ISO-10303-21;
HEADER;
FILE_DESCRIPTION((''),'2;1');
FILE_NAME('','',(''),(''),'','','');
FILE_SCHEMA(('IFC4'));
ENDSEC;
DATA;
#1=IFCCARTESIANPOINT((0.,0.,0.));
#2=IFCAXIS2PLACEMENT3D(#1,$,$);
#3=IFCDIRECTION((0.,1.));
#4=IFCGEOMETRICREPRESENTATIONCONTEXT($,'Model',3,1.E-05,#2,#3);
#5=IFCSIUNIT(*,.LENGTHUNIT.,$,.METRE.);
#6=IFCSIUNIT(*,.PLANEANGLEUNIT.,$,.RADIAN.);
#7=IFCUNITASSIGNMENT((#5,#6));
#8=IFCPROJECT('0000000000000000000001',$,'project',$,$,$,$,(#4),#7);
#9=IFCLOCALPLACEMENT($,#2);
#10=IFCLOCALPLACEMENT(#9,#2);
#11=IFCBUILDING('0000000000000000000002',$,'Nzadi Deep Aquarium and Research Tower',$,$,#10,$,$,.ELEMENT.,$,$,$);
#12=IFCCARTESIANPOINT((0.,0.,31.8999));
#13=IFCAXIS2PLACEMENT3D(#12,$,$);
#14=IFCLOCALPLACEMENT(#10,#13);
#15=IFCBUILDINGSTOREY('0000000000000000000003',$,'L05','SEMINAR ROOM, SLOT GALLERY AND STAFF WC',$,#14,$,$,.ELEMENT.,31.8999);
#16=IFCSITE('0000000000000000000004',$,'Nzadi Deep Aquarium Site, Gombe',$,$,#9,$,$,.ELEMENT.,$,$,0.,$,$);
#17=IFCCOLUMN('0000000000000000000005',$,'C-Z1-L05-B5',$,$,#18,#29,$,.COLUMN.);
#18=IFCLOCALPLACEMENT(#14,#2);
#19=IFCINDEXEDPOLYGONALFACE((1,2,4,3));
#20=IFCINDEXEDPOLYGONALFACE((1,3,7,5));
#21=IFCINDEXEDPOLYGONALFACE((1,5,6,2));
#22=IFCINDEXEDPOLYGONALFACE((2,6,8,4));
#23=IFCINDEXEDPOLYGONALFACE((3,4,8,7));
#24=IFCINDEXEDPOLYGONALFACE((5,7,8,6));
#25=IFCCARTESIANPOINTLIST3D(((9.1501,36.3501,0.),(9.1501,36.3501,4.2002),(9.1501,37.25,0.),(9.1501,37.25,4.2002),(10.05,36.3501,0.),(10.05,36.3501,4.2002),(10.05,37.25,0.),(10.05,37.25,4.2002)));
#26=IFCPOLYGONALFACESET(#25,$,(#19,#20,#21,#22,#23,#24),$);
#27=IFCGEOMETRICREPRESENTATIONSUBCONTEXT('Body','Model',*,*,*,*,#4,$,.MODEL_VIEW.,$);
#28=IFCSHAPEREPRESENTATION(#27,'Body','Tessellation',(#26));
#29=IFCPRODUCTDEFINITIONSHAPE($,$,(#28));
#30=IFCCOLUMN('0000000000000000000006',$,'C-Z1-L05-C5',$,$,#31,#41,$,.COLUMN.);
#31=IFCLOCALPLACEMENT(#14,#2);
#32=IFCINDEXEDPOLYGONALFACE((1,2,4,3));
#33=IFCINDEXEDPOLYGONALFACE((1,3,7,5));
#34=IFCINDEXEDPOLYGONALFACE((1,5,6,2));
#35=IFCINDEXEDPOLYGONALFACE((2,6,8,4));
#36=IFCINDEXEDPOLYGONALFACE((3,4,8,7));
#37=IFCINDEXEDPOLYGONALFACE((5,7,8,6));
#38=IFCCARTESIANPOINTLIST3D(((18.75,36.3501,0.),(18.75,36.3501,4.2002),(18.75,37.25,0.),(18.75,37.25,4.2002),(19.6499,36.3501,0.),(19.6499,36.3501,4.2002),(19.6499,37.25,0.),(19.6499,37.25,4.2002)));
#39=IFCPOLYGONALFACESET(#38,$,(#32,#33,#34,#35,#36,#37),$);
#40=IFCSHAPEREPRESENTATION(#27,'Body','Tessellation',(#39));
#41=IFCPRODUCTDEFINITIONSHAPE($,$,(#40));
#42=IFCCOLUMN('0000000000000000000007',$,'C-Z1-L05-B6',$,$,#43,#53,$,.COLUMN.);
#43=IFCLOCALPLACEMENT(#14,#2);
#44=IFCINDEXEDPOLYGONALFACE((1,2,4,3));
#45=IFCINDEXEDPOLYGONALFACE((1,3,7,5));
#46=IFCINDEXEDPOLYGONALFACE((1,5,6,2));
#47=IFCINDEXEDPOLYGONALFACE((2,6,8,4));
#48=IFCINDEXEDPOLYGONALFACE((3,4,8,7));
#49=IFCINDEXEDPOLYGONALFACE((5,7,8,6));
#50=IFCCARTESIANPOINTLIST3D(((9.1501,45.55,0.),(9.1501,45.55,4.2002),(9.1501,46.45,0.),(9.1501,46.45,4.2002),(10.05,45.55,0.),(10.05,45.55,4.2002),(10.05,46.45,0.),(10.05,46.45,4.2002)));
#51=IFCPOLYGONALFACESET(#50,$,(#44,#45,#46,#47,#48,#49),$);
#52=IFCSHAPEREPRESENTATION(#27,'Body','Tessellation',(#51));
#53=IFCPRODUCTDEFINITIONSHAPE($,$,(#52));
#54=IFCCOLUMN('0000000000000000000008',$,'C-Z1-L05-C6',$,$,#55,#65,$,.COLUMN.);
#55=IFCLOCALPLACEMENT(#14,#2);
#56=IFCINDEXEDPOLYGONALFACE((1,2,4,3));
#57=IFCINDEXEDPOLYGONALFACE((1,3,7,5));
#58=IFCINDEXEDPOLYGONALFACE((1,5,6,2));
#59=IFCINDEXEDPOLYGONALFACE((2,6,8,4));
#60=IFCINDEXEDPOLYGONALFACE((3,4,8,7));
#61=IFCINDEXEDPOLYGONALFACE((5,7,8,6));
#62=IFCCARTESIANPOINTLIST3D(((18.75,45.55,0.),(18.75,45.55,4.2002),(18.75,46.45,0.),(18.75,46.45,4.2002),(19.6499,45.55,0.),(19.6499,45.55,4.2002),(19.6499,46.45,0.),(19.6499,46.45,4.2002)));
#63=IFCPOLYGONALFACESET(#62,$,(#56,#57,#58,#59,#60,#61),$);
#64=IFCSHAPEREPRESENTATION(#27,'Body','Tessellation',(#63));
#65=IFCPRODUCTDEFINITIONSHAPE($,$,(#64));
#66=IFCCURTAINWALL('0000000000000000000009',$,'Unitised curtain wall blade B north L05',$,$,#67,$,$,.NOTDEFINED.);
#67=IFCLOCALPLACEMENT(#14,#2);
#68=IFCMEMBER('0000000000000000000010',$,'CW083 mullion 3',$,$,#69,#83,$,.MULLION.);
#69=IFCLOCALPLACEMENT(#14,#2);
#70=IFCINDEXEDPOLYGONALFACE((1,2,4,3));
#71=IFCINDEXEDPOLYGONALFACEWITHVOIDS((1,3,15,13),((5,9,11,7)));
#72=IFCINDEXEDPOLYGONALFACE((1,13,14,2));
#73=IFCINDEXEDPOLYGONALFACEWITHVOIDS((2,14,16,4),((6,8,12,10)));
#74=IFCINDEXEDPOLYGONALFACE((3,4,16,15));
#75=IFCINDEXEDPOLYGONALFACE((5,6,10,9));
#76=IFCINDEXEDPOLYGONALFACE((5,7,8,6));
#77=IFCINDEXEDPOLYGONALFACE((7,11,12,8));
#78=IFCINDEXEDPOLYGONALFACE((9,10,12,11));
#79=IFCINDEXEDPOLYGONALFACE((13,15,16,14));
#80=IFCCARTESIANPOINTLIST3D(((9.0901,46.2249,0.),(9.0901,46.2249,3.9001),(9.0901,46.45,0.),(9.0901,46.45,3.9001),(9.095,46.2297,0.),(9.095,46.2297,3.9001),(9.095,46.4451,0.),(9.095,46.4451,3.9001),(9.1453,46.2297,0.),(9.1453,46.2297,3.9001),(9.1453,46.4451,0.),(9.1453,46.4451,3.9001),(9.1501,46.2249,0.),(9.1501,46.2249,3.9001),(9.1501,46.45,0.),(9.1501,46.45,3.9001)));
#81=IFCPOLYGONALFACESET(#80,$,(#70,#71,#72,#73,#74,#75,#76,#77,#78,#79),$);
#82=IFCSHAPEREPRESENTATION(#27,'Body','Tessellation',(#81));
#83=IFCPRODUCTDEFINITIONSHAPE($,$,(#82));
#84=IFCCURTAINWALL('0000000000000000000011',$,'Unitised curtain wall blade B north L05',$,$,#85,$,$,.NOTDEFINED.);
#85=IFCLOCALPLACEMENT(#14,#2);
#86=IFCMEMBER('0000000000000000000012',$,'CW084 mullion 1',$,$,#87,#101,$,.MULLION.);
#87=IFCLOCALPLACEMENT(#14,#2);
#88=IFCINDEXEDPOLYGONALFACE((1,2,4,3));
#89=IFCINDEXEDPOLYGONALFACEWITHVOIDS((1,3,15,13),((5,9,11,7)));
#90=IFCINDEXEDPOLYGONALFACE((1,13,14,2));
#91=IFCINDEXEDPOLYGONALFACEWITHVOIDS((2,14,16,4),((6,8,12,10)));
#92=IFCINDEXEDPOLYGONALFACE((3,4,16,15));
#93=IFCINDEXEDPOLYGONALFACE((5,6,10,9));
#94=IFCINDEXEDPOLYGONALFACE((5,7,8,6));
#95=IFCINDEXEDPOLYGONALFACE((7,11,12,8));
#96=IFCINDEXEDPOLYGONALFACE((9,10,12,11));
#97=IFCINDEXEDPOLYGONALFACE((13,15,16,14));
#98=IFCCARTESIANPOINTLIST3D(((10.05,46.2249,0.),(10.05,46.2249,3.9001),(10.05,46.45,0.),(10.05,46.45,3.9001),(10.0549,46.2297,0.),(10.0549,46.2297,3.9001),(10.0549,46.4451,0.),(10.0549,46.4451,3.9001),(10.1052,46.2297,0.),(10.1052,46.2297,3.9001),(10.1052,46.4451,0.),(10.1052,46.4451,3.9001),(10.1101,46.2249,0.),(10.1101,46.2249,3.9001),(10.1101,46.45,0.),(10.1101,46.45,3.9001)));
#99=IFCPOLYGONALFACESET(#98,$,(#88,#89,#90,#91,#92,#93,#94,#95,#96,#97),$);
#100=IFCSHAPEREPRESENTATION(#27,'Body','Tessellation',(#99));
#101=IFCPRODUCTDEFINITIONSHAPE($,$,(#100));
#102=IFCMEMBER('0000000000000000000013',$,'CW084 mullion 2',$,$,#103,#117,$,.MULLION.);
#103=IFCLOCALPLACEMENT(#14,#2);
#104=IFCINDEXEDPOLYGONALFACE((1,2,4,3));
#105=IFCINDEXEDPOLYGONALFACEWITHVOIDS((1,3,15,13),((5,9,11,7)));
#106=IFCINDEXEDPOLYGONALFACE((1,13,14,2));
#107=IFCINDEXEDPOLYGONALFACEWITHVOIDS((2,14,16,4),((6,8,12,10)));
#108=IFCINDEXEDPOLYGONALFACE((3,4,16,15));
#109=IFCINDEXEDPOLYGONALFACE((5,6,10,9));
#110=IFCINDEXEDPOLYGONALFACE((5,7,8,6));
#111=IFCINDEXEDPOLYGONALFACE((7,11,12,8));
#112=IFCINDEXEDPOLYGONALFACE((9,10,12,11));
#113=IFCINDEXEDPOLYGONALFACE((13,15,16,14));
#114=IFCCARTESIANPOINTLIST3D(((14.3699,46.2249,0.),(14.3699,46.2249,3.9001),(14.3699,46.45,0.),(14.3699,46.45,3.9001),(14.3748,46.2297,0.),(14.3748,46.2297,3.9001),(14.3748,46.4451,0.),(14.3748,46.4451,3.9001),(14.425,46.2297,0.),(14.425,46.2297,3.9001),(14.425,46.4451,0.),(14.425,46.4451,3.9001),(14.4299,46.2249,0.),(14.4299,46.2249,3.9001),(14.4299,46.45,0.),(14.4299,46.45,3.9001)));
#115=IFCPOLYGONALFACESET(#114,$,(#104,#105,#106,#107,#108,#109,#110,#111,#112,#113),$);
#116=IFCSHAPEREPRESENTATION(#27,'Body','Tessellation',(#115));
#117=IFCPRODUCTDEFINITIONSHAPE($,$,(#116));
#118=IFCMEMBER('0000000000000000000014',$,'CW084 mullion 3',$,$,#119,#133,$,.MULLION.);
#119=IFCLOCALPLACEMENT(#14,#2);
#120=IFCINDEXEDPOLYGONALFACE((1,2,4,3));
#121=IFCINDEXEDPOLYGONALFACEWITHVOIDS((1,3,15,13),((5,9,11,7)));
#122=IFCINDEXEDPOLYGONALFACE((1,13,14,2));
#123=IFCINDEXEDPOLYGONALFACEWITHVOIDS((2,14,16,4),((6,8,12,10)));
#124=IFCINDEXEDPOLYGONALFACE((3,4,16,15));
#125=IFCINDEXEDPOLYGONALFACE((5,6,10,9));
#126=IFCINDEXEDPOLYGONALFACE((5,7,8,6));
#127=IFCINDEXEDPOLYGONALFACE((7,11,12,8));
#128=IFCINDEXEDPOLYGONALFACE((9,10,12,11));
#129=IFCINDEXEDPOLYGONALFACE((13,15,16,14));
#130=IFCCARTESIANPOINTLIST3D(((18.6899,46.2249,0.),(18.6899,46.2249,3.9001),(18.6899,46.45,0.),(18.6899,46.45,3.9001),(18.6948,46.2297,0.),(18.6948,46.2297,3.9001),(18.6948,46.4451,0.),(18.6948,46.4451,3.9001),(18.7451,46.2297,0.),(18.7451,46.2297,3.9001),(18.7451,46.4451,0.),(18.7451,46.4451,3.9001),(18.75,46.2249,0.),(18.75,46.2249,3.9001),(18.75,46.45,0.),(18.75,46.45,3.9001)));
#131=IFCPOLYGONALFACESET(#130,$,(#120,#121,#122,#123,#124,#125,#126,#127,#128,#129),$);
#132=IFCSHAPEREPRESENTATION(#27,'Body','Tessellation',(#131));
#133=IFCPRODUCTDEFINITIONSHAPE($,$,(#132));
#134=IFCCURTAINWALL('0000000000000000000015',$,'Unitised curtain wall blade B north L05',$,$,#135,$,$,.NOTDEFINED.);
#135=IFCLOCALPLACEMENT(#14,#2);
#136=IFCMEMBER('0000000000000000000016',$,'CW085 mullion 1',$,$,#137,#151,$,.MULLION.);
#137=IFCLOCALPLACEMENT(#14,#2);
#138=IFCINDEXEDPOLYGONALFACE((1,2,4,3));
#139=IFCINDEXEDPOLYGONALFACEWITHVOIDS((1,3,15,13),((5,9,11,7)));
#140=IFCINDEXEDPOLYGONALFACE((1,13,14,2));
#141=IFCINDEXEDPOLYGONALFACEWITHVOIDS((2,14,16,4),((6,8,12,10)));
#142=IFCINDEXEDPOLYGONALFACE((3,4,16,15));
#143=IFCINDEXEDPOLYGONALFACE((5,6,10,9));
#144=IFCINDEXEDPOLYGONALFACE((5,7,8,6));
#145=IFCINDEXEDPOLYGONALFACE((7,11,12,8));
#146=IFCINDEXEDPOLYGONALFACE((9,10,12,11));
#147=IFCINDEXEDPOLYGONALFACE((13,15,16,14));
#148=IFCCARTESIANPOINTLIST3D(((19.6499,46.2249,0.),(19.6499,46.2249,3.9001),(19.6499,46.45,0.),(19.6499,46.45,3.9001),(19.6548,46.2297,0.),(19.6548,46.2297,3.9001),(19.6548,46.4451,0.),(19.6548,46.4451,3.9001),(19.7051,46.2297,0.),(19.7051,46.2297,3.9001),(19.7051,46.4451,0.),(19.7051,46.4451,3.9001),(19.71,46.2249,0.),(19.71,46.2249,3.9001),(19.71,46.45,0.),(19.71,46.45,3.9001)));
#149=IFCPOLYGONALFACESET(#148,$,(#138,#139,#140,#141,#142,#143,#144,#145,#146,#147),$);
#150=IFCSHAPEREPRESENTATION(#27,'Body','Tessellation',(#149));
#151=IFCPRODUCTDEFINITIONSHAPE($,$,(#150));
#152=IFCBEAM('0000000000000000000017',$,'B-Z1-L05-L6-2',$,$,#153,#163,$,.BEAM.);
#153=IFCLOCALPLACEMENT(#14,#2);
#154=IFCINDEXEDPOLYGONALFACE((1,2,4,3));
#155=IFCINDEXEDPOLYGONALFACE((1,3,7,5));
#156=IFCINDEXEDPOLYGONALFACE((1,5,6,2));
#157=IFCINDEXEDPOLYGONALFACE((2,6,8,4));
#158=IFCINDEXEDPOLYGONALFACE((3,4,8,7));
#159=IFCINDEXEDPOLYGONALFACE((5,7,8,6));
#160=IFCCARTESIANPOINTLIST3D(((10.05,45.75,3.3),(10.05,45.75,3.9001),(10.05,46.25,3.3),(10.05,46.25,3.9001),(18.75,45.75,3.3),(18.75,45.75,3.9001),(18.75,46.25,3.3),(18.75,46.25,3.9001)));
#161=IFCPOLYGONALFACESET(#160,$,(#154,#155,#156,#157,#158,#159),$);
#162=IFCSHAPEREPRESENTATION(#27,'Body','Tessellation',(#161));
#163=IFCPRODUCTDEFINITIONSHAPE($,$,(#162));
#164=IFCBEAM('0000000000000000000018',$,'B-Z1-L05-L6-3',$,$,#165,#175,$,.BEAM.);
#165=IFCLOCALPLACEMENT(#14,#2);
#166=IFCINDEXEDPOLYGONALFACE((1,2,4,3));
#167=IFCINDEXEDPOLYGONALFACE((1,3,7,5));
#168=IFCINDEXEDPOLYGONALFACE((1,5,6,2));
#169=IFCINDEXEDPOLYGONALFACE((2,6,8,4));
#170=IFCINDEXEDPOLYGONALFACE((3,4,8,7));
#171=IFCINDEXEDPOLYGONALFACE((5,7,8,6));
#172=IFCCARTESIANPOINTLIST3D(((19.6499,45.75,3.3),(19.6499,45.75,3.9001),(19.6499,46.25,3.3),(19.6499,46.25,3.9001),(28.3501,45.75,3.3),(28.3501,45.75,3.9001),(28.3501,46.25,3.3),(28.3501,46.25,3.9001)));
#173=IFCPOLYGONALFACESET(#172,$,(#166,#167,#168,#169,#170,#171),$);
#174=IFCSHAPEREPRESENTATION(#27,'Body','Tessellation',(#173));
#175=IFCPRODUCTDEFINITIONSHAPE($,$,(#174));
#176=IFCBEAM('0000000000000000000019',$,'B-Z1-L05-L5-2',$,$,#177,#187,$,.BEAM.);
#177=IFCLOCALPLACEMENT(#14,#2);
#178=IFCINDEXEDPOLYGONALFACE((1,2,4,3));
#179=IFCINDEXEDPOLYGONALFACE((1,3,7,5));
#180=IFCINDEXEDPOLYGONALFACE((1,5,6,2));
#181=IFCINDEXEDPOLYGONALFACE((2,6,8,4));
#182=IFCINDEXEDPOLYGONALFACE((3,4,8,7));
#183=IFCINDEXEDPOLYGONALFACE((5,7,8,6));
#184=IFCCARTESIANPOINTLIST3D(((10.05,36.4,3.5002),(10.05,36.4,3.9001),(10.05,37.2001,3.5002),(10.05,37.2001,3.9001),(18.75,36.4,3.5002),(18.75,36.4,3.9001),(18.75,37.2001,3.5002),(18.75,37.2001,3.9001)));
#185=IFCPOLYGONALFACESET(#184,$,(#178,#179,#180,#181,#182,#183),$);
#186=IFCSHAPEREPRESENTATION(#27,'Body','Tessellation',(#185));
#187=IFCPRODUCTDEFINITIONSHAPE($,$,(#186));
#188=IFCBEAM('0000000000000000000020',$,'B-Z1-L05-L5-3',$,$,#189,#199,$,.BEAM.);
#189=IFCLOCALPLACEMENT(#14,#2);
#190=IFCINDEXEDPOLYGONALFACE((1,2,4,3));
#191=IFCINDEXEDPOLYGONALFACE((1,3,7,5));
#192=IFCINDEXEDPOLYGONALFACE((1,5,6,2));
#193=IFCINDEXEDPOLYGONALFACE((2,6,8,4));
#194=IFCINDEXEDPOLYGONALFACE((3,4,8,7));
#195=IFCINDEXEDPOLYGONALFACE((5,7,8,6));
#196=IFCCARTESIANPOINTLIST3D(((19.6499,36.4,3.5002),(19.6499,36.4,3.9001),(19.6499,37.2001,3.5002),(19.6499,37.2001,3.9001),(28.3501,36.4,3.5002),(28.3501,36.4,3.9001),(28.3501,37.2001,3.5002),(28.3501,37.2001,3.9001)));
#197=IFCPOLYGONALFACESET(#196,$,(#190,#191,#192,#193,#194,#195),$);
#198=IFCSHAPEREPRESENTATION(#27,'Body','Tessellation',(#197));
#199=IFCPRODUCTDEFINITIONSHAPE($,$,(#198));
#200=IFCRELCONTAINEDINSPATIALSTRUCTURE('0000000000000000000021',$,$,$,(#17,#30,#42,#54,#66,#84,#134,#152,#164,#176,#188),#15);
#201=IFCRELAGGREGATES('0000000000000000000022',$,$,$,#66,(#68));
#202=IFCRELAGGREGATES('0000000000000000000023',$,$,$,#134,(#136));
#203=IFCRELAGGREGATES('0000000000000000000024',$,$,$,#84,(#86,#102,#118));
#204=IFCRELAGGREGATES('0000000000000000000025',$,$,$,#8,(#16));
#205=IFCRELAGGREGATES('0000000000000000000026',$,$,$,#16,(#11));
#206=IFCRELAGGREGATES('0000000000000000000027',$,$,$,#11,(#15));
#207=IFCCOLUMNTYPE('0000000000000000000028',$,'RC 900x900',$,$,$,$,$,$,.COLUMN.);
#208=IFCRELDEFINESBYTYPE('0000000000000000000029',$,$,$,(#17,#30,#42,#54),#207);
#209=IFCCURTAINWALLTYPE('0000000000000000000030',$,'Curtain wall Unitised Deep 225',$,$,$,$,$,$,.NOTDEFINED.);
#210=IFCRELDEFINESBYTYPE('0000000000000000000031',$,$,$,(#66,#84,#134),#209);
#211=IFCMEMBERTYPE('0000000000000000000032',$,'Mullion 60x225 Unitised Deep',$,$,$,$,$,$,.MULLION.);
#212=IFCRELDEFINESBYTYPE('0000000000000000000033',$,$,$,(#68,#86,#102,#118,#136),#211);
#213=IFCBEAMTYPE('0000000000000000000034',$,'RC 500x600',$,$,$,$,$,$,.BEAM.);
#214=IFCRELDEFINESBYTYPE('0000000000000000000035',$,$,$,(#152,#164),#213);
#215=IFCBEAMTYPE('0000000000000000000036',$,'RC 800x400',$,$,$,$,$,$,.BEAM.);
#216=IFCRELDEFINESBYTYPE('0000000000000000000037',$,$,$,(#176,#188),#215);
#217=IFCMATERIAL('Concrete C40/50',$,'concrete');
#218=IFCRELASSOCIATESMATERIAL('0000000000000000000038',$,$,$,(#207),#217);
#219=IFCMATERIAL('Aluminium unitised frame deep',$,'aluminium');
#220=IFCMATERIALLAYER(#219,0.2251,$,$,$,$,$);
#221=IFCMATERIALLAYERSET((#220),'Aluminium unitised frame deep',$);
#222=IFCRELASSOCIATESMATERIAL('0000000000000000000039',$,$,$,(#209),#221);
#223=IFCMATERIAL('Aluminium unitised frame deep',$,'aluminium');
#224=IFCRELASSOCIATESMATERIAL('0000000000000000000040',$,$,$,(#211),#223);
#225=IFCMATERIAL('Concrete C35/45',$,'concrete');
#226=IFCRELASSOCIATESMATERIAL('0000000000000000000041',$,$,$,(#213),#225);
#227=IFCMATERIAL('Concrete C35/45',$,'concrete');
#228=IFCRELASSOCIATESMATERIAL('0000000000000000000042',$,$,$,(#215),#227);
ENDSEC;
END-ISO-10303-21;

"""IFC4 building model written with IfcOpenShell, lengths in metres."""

from ifc_helpers import new_model, si_unit, direction, frame, origin, origin_2d, place, context, subcontext, project, spatial, rectangle, hollow_rectangle, extrude, material, layer, layer_set, material_profile, profile_set, type_object, element, aggregate, save


model = new_model("IFC4")

# Units and contexts
model_context = context("Model", 3, precision=1e-05, world=origin(), true_north=direction((0.0, 1.0)))
body_context = subcontext(model_context, "Body", "Model", "MODEL_VIEW")
ifc_project = project(units=[si_unit("LENGTHUNIT", "METRE"), si_unit("PLANEANGLEUNIT", "RADIAN")], contexts=[model_context])

# Site, building, storey
site_placement = place(None, origin())
site = spatial("IfcSite", under=ifc_project, at=site_placement, Name="Nzadi Deep Aquarium Site, Gombe", CompositionType="ELEMENT", RefElevation=0.0)
building_placement = place(site_placement, origin())
building = spatial("IfcBuilding", under=site, at=building_placement, Name="Nzadi Deep Aquarium and Research Tower", CompositionType="ELEMENT")
storey_placement = place(building_placement, frame((0.0, 0.0, 31.8999)))
storey = spatial("IfcBuildingStorey", under=building, at=storey_placement, Name="L05", Description="SEMINAR ROOM, SLOT GALLERY AND STAFF WC", CompositionType="ELEMENT", Elevation=31.8999)

# Columns
ifc_material_1 = material(Name="Concrete C40/50", Category="concrete")
ifc_material_profile_1 = material_profile(ifc_material_1, rectangle(XDim=0.8999, YDim=0.8999, at=origin_2d()))
ifc_profile_set_1 = profile_set([ifc_material_profile_1], Name="Concrete C40/50")
column_type = type_object("IfcColumnType", Name="RC 900x900", PredefinedType="COLUMN", material=ifc_profile_set_1)
for number, where, z_axis, x_axis, name in (
    (1, (9.6001, 36.8, 0.0), (0.0, 0.0, 1.0), (1.0, 0.0, 0.0), "C-Z1-L05-B5"),
    (2, (19.2, 36.8, 0.0), (0.0, 0.0, 1.0), (1.0, 0.0, 0.0), "C-Z1-L05-C5"),
    (3, (9.6001, 46.0, 0.0), (0.0, 0.0, 1.0), (1.0, 0.0, 0.0), "C-Z1-L05-B6"),
    (4, (19.2, 46.0, 0.0), (0.0, 0.0, 1.0), (1.0, 0.0, 0.0), "C-Z1-L05-C6"),
):
    element("IfcColumn", number, at=place(storey_placement, frame(where, z_axis=z_axis, x_axis=x_axis)), inside=storey, type_object=column_type, Name=name, PredefinedType="COLUMN", context=body_context, shape_type="SweptSolid", body=[
        extrude(rectangle(XDim=0.8999, YDim=0.8999, at=origin_2d()), origin(), (0.0, 0.0, 1.0), 4.2002),
    ])

# Curtain wall, member
ifc_material_2 = material(Name="Aluminium unitised frame deep", Category="aluminium")
ifc_layer_1 = layer(ifc_material_2, 0.2251)
ifc_layer_set_1 = layer_set([ifc_layer_1], Name="Aluminium unitised frame deep")
curtain_wall_type = type_object("IfcCurtainWallType", Name="Curtain wall Unitised Deep 225", PredefinedType="NOTDEFINED", material=ifc_layer_set_1)
curtain_wall_1_placement = place(storey_placement, origin())
curtain_wall_1 = element("IfcCurtainWall", 5, at=curtain_wall_1_placement, inside=storey, type_object=curtain_wall_type, Name="Unitised curtain wall blade B north L05", PredefinedType="NOTDEFINED")
ifc_material_3 = material(Name="Aluminium unitised frame deep", Category="aluminium")
ifc_material_profile_2 = material_profile(ifc_material_3, hollow_rectangle(XDim=0.2251, YDim=0.0601, WallThickness=0.0049, at=origin_2d()))
ifc_profile_set_2 = profile_set([ifc_material_profile_2], Name="Aluminium unitised frame deep")
member_type_1 = type_object("IfcMemberType", Name="Mullion 60x225 Unitised Deep", PredefinedType="MULLION", material=ifc_profile_set_2)
member_1_placement = place(storey_placement, frame((9.1201, 46.3374, 0.0), z_axis=(0.0, 0.0, 1.0), x_axis=(0.0, 1.0, 0.0)))
member_1 = element("IfcMember", 6, at=member_1_placement, type_object=member_type_1, Name="CW083 mullion 3", PredefinedType="MULLION", context=body_context, shape_type="SweptSolid", body=[
    extrude(hollow_rectangle(XDim=0.2251, YDim=0.0601, WallThickness=0.0049, at=origin_2d()), origin(), (0.0, 0.0, 1.0), 3.9001),
])
aggregate(curtain_wall_1, [member_1])

# Curtain wall, members
curtain_wall_2_placement = place(storey_placement, origin())
curtain_wall_2 = element("IfcCurtainWall", 7, at=curtain_wall_2_placement, inside=storey, type_object=curtain_wall_type, Name="Unitised curtain wall blade B north L05", PredefinedType="NOTDEFINED")
member_2_placement = place(storey_placement, frame((10.0801, 46.3374, 0.0), z_axis=(0.0, 0.0, 1.0), x_axis=(0.0, 1.0, 0.0)))
member_2 = element("IfcMember", 8, at=member_2_placement, type_object=member_type_1, Name="CW084 mullion 1", PredefinedType="MULLION", context=body_context, shape_type="SweptSolid", body=[
    extrude(hollow_rectangle(XDim=0.2251, YDim=0.0601, WallThickness=0.0049, at=origin_2d()), origin(), (0.0, 0.0, 1.0), 3.9001),
])
member_3_placement = place(storey_placement, frame((14.3999, 46.3374, 0.0), z_axis=(0.0, 0.0, 1.0), x_axis=(0.0, 1.0, 0.0)))
member_3 = element("IfcMember", 9, at=member_3_placement, type_object=member_type_1, Name="CW084 mullion 2", PredefinedType="MULLION", context=body_context, shape_type="SweptSolid", body=[
    extrude(hollow_rectangle(XDim=0.2251, YDim=0.0601, WallThickness=0.0049, at=origin_2d()), origin(), (0.0, 0.0, 1.0), 3.9001),
])
member_4_placement = place(storey_placement, frame((18.72, 46.3374, 0.0), z_axis=(0.0, 0.0, 1.0), x_axis=(0.0, 1.0, 0.0)))
member_4 = element("IfcMember", 10, at=member_4_placement, type_object=member_type_1, Name="CW084 mullion 3", PredefinedType="MULLION", context=body_context, shape_type="SweptSolid", body=[
    extrude(hollow_rectangle(XDim=0.2251, YDim=0.0601, WallThickness=0.0049, at=origin_2d()), origin(), (0.0, 0.0, 1.0), 3.9001),
])

# Curtain wall, member
curtain_wall_3_placement = place(storey_placement, origin())
curtain_wall_3 = element("IfcCurtainWall", 11, at=curtain_wall_3_placement, inside=storey, type_object=curtain_wall_type, Name="Unitised curtain wall blade B north L05", PredefinedType="NOTDEFINED")
member_5_placement = place(storey_placement, frame((19.6799, 46.3374, 0.0), z_axis=(0.0, 0.0, 1.0), x_axis=(0.0, 1.0, 0.0)))
member_5 = element("IfcMember", 12, at=member_5_placement, type_object=member_type_1, Name="CW085 mullion 1", PredefinedType="MULLION", context=body_context, shape_type="SweptSolid", body=[
    extrude(hollow_rectangle(XDim=0.2251, YDim=0.0601, WallThickness=0.0049, at=origin_2d()), origin(), (0.0, 0.0, 1.0), 3.9001),
])

# Beams
ifc_material_4 = material(Name="Concrete C35/45", Category="concrete")
ifc_material_profile_3 = material_profile(ifc_material_4, rectangle(XDim=0.5, YDim=0.6001, at=origin_2d()))
ifc_profile_set_3 = profile_set([ifc_material_profile_3], Name="Concrete C35/45")
beam_type_1 = type_object("IfcBeamType", Name="RC 500x600", PredefinedType="BEAM", material=ifc_profile_set_3)
beam_1_placement = place(storey_placement, frame((10.05, 46.0, 3.6001), z_axis=(1.0, 0.0, 0.0), x_axis=(0.0, 1.0, 0.0)))
element("IfcBeam", 13, at=beam_1_placement, inside=storey, type_object=beam_type_1, Name="B-Z1-L05-L6-2", PredefinedType="BEAM", context=body_context, shape_type="SweptSolid", body=[
    extrude(rectangle(XDim=0.5, YDim=0.6001, at=origin_2d()), origin(), (0.0, 0.0, 1.0), 8.7),
])
beam_2_placement = place(storey_placement, frame((19.6499, 46.0, 3.6001), z_axis=(1.0, 0.0, 0.0), x_axis=(0.0, 1.0, 0.0)))
element("IfcBeam", 14, at=beam_2_placement, inside=storey, type_object=beam_type_1, Name="B-Z1-L05-L6-3", PredefinedType="BEAM", context=body_context, shape_type="SweptSolid", body=[
    extrude(rectangle(XDim=0.5, YDim=0.6001, at=origin_2d()), origin(), (0.0, 0.0, 1.0), 8.7002),
])
ifc_material_5 = material(Name="Concrete C35/45", Category="concrete")
ifc_material_profile_4 = material_profile(ifc_material_5, rectangle(XDim=0.8, YDim=0.3999, at=origin_2d()))
ifc_profile_set_4 = profile_set([ifc_material_profile_4], Name="Concrete C35/45")
beam_type_2 = type_object("IfcBeamType", Name="RC 800x400", PredefinedType="BEAM", material=ifc_profile_set_4)
beam_3_placement = place(storey_placement, frame((10.05, 36.8, 3.7002), z_axis=(1.0, 0.0, 0.0), x_axis=(0.0, 1.0, 0.0)))
element("IfcBeam", 15, at=beam_3_placement, inside=storey, type_object=beam_type_2, Name="B-Z1-L05-L5-2", PredefinedType="BEAM", context=body_context, shape_type="SweptSolid", body=[
    extrude(rectangle(XDim=0.8, YDim=0.3999, at=origin_2d()), origin(), (0.0, 0.0, 1.0), 8.7),
])
beam_4_placement = place(storey_placement, frame((19.6499, 36.8, 3.7002), z_axis=(1.0, 0.0, 0.0), x_axis=(0.0, 1.0, 0.0)))
element("IfcBeam", 16, at=beam_4_placement, inside=storey, type_object=beam_type_2, Name="B-Z1-L05-L5-3", PredefinedType="BEAM", context=body_context, shape_type="SweptSolid", body=[
    extrude(rectangle(XDim=0.8, YDim=0.3999, at=origin_2d()), origin(), (0.0, 0.0, 1.0), 8.7002),
])

aggregate(curtain_wall_3, [member_5])

aggregate(curtain_wall_2, [member_2, member_3, member_4])

save(model, "model.ifc")
